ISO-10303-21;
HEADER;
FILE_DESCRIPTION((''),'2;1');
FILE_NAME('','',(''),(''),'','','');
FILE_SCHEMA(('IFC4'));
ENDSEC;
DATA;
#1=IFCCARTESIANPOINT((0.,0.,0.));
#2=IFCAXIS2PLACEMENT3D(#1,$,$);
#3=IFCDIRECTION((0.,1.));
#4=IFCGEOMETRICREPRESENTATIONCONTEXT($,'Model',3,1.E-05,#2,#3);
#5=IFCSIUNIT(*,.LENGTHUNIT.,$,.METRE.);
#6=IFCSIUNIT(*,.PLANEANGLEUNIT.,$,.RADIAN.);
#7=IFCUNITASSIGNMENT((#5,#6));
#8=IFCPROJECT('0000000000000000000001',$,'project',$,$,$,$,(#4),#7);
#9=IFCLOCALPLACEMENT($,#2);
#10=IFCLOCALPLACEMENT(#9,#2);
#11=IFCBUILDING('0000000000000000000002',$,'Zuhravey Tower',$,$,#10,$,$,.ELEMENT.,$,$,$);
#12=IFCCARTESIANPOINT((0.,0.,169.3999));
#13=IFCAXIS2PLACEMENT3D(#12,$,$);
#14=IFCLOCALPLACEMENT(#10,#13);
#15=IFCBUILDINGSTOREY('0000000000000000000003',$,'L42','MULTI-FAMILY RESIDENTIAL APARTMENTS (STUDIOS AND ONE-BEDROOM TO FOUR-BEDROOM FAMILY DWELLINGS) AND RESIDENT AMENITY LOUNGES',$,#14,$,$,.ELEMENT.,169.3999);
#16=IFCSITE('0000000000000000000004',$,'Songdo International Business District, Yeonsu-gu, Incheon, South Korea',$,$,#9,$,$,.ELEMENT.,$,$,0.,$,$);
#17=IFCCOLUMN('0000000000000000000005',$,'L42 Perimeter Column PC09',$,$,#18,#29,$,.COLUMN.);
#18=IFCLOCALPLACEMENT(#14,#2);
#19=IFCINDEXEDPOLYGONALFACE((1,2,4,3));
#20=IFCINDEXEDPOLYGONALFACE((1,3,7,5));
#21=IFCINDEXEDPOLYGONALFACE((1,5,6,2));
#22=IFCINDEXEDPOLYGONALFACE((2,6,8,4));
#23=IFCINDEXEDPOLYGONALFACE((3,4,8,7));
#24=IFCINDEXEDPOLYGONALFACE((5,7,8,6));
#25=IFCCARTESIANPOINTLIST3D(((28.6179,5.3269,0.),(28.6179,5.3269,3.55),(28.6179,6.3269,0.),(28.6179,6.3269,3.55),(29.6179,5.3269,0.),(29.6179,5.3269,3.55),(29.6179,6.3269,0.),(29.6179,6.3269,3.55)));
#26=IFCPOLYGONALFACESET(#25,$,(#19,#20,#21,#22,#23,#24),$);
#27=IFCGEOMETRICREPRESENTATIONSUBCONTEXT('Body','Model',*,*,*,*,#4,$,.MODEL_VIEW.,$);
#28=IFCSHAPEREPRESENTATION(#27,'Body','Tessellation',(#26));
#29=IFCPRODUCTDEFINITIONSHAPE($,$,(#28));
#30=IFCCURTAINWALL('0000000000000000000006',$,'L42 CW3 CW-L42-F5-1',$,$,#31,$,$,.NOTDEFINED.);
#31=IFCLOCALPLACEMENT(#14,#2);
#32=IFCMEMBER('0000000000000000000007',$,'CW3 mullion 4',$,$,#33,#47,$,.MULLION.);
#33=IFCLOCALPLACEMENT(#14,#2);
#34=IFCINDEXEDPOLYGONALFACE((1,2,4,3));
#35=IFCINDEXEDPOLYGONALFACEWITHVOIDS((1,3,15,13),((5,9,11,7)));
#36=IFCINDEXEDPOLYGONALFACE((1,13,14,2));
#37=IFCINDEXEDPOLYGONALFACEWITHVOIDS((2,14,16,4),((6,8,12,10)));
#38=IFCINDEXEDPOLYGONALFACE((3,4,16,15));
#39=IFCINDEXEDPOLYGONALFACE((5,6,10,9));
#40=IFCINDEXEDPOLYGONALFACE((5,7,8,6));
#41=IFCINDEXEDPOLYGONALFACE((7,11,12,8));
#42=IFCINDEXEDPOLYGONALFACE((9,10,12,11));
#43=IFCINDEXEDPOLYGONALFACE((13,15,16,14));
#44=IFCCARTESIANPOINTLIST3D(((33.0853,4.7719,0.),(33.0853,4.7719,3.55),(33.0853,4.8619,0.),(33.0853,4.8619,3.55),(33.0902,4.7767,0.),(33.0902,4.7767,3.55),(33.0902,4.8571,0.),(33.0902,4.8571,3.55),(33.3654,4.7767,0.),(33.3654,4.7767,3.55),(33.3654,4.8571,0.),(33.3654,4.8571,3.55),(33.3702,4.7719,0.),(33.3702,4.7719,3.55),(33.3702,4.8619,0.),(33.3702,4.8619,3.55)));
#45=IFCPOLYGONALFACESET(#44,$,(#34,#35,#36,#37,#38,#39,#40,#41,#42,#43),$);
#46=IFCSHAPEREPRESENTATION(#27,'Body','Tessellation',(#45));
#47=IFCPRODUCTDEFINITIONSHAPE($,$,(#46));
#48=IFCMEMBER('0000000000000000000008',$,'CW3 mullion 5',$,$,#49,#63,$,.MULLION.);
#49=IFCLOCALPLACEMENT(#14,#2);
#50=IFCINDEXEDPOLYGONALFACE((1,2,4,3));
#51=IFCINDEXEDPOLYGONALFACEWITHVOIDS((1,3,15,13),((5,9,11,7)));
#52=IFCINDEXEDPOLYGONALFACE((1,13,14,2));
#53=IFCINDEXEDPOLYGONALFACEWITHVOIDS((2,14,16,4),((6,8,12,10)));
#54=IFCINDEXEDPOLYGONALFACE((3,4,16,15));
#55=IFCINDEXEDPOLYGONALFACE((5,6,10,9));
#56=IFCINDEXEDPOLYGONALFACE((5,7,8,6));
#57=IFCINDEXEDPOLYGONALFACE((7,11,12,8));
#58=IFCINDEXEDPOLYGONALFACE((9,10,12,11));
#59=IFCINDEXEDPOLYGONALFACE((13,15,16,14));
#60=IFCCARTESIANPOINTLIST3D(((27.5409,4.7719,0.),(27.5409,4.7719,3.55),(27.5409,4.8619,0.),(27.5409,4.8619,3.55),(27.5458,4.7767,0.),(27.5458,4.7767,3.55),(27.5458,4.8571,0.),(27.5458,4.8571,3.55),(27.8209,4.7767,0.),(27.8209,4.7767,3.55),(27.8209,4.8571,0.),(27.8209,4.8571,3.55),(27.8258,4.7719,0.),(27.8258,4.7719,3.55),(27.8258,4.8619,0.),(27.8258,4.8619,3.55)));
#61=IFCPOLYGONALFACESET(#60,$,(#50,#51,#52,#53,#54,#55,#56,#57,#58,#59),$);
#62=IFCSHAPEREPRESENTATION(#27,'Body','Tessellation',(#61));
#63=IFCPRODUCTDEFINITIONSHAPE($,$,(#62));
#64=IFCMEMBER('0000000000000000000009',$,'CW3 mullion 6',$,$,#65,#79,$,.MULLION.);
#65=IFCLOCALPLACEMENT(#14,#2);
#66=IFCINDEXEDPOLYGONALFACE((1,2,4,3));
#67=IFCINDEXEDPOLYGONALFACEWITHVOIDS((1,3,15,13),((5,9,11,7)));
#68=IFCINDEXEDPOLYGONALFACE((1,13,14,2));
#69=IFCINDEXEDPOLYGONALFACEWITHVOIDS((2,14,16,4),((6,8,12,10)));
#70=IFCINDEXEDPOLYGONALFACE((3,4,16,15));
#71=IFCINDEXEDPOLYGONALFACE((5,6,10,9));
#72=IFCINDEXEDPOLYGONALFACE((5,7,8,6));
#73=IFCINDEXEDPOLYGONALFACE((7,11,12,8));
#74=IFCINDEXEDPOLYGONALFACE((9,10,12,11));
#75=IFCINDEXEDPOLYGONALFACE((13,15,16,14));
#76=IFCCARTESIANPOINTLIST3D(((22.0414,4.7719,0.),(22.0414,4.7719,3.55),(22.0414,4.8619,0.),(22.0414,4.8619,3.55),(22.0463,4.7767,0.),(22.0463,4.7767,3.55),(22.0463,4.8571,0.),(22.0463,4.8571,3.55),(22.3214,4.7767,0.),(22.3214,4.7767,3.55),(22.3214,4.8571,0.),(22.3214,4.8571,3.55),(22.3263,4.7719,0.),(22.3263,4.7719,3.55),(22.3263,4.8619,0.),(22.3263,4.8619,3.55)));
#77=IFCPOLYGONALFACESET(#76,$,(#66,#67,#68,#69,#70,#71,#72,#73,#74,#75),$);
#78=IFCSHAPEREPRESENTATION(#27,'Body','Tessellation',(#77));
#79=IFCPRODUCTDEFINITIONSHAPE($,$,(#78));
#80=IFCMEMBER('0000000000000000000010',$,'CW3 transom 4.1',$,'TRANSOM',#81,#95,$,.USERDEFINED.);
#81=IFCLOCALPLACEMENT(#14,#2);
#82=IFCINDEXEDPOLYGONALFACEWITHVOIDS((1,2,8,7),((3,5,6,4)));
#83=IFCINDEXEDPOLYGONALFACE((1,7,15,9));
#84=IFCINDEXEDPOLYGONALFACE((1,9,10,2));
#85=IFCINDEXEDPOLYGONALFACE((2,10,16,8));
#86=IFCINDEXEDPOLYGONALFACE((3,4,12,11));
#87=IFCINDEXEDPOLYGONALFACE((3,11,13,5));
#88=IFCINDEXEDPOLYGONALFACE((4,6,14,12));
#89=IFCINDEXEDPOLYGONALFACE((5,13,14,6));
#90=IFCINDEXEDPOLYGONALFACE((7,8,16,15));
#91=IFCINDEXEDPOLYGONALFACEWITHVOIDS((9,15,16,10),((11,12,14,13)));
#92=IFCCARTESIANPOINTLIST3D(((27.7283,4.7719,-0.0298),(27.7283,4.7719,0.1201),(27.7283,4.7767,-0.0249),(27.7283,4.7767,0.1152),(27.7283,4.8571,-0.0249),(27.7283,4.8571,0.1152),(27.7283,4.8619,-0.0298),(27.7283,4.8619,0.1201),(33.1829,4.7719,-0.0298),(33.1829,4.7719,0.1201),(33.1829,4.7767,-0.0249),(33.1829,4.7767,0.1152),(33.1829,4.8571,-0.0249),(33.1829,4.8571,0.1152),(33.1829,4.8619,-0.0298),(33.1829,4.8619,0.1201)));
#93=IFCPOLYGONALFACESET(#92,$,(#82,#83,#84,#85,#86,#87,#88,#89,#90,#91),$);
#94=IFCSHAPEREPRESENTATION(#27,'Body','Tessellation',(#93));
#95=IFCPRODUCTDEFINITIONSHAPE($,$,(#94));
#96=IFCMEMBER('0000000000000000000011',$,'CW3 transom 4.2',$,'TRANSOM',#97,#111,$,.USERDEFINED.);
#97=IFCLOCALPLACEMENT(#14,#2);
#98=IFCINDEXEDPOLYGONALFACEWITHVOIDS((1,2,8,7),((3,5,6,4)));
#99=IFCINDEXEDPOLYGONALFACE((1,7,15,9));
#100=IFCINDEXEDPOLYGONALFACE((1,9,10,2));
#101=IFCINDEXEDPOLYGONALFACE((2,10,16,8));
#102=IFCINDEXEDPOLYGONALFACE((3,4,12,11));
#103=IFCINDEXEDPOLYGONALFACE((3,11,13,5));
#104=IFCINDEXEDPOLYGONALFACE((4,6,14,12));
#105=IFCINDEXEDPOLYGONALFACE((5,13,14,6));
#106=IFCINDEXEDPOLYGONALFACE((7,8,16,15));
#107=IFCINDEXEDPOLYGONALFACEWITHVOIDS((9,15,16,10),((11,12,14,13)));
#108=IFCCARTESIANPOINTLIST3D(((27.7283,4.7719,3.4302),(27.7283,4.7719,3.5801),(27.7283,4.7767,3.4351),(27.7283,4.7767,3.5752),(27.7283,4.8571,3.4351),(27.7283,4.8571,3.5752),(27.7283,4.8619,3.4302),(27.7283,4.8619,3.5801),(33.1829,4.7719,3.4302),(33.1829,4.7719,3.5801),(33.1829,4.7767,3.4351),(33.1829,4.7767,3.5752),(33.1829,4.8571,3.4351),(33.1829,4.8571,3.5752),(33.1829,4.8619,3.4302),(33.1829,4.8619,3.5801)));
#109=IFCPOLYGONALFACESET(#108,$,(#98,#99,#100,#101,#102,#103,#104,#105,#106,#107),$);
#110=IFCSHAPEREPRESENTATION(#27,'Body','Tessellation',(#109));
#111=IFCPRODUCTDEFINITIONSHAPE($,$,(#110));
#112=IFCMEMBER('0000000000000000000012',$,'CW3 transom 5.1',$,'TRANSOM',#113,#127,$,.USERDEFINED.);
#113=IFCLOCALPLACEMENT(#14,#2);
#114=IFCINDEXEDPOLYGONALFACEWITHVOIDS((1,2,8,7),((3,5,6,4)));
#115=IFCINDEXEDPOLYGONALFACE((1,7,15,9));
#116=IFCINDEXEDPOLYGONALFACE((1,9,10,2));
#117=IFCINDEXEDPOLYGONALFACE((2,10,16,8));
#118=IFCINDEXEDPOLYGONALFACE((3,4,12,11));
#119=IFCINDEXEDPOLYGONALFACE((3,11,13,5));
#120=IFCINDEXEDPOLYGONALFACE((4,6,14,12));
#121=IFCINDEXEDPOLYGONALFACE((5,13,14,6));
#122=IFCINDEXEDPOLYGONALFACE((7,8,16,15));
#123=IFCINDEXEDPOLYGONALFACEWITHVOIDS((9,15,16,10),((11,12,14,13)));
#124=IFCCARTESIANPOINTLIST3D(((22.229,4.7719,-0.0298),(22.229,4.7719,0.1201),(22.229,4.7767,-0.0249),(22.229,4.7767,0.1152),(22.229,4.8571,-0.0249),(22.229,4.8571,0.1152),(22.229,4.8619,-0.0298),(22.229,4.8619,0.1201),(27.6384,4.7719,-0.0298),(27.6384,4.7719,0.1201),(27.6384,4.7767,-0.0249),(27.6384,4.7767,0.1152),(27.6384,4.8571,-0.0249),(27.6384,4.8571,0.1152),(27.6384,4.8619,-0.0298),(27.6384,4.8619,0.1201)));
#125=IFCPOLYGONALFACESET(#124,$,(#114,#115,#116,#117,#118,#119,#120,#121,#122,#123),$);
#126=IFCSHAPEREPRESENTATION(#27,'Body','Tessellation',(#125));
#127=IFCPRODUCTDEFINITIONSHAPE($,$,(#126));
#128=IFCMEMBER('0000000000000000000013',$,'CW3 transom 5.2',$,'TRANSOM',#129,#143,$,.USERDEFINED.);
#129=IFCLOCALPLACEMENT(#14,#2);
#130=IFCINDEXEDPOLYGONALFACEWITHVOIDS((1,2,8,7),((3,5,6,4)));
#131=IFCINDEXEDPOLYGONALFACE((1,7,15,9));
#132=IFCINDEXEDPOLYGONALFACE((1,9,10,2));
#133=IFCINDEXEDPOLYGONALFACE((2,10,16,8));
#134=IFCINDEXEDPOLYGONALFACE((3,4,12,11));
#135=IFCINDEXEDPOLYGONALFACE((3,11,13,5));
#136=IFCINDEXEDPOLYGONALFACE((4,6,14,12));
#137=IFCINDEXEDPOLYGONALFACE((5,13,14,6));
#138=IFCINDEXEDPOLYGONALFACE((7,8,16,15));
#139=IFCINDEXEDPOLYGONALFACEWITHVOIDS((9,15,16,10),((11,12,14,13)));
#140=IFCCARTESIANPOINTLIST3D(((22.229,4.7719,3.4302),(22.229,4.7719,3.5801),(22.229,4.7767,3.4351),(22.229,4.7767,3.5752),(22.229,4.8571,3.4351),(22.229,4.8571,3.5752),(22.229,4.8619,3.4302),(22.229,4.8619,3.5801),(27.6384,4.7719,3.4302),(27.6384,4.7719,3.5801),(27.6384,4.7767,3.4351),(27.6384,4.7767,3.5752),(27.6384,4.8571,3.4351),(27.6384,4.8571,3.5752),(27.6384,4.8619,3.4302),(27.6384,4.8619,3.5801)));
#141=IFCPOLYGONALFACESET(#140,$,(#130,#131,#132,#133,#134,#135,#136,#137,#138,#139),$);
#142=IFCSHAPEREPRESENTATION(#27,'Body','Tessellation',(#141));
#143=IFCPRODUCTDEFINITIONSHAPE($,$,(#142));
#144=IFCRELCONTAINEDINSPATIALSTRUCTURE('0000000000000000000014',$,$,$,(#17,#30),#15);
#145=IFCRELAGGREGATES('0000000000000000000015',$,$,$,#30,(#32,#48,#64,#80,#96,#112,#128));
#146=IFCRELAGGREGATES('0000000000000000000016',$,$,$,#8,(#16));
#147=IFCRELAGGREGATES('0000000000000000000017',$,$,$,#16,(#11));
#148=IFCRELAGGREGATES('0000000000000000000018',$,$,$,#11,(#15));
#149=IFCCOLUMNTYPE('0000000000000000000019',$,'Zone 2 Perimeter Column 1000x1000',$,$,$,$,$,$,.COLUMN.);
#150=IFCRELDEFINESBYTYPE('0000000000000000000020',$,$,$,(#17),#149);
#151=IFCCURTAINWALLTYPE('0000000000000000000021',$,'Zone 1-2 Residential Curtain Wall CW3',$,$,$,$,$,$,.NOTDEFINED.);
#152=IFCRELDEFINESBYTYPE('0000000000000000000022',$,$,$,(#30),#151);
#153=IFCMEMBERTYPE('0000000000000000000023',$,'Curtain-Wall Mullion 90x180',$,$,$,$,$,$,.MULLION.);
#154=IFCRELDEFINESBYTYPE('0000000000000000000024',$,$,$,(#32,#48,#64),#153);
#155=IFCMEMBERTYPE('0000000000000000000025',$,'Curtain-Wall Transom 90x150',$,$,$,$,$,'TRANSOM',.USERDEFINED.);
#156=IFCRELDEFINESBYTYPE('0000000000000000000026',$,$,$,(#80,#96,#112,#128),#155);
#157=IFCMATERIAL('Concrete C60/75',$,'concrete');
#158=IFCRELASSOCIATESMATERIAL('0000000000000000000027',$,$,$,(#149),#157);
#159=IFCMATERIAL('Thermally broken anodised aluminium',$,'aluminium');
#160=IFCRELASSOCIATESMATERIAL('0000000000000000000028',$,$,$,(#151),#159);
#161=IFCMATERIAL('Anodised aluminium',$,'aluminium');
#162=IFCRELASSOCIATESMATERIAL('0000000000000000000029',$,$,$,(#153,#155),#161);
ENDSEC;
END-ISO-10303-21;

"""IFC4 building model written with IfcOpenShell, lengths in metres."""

from ifc_helpers import new_model, si_unit, direction, frame, origin, origin_2d, place, context, subcontext, project, spatial, rectangle, hollow_rectangle, extrude, material, material_profile, profile_set, type_object, element, aggregate, save


model = new_model("IFC4")

# Units and contexts
model_context = context("Model", 3, precision=1e-05, world=origin(), true_north=direction((0.0, 1.0)))
body_context = subcontext(model_context, "Body", "Model", "MODEL_VIEW")
ifc_project = project(units=[si_unit("LENGTHUNIT", "METRE"), si_unit("PLANEANGLEUNIT", "RADIAN")], contexts=[model_context])

# Site, building, storey
site_placement = place(None, origin())
site = spatial("IfcSite", under=ifc_project, at=site_placement, Name="Songdo International Business District, Yeonsu-gu, Incheon, South Korea", CompositionType="ELEMENT", RefElevation=0.0)
building_placement = place(site_placement, origin())
building = spatial("IfcBuilding", under=site, at=building_placement, Name="Zuhravey Tower", CompositionType="ELEMENT")
storey_placement = place(building_placement, frame((0.0, 0.0, 169.3999)))
storey = spatial("IfcBuildingStorey", under=building, at=storey_placement, Name="L42", Description="MULTI-FAMILY RESIDENTIAL APARTMENTS (STUDIOS AND ONE-BEDROOM TO FOUR-BEDROOM FAMILY DWELLINGS) AND RESIDENT AMENITY LOUNGES", CompositionType="ELEMENT", Elevation=169.3999)

# Column
ifc_material_1 = material(Name="Concrete C60/75", Category="concrete")
ifc_material_profile_1 = material_profile(ifc_material_1, rectangle(XDim=1.0, YDim=1.0, at=origin_2d()), Name="RC-1000x1000")
ifc_profile_set_1 = profile_set([ifc_material_profile_1], Name="Concrete C60/75")
column_type = type_object("IfcColumnType", Name="Zone 2 Perimeter Column 1000x1000", PredefinedType="COLUMN", material=ifc_profile_set_1)
column_placement = place(storey_placement, frame((29.1179, 5.8269, 0.0), z_axis=(0.0, 0.0, 1.0), x_axis=(1.0, 0.0, 0.0)))
element("IfcColumn", 1, at=column_placement, inside=storey, type_object=column_type, Name="L42 Perimeter Column PC09", PredefinedType="COLUMN", context=body_context, shape_type="SweptSolid", body=[
    extrude(rectangle(XDim=1.0, YDim=1.0, at=origin_2d()), origin(), (0.0, 0.0, 1.0), 3.55),
])

# Curtain wall, members
ifc_material_2 = material(Name="Thermally broken anodised aluminium", Category="aluminium")
curtain_wall_type = type_object("IfcCurtainWallType", Name="Zone 1-2 Residential Curtain Wall CW3", PredefinedType="NOTDEFINED", material=ifc_material_2)
curtain_wall_placement = place(storey_placement, origin())
curtain_wall = element("IfcCurtainWall", 2, at=curtain_wall_placement, inside=storey, type_object=curtain_wall_type, Name="L42 CW3 CW-L42-F5-1", PredefinedType="NOTDEFINED")
ifc_material_3 = material(Name="Anodised aluminium", Category="aluminium")
ifc_material_profile_2 = material_profile(ifc_material_3, hollow_rectangle(XDim=0.0901, YDim=0.2849, WallThickness=0.0049, at=origin_2d()), Name="ALU-RHS-90x285x5")
ifc_profile_set_2 = profile_set([ifc_material_profile_2], Name="Anodised aluminium")
member_type_1 = type_object("IfcMemberType", Name="Curtain-Wall Mullion 90x180", PredefinedType="MULLION", material=ifc_profile_set_2)
member_1_placement = place(storey_placement, frame((33.2278, 4.8169, 0.0), z_axis=(0.0, 0.0, 1.0), x_axis=(0.0, -1.0, 0.0)))
member_1 = element("IfcMember", 3, at=member_1_placement, type_object=member_type_1, Name="CW3 mullion 4", PredefinedType="MULLION", context=body_context, shape_type="SweptSolid", body=[
    extrude(hollow_rectangle(XDim=0.0901, YDim=0.2849, WallThickness=0.0049, at=origin_2d()), origin(), (0.0, 0.0, 1.0), 3.55),
])
member_2_placement = place(storey_placement, frame((27.6833, 4.8169, 0.0), z_axis=(0.0, 0.0, 1.0), x_axis=(0.0, -1.0, 0.0)))
member_2 = element("IfcMember", 4, at=member_2_placement, type_object=member_type_1, Name="CW3 mullion 5", PredefinedType="MULLION", context=body_context, shape_type="SweptSolid", body=[
    extrude(hollow_rectangle(XDim=0.0901, YDim=0.2849, WallThickness=0.0049, at=origin_2d()), origin(), (0.0, 0.0, 1.0), 3.55),
])
member_3_placement = place(storey_placement, frame((22.1838, 4.8169, 0.0), z_axis=(0.0, 0.0, 1.0), x_axis=(0.0, -1.0, 0.0)))
member_3 = element("IfcMember", 5, at=member_3_placement, type_object=member_type_1, Name="CW3 mullion 6", PredefinedType="MULLION", context=body_context, shape_type="SweptSolid", body=[
    extrude(hollow_rectangle(XDim=0.0901, YDim=0.2849, WallThickness=0.0049, at=origin_2d()), origin(), (0.0, 0.0, 1.0), 3.55),
])
ifc_material_profile_3 = material_profile(ifc_material_3, hollow_rectangle(XDim=0.0901, YDim=0.1499, WallThickness=0.0049, at=origin_2d()), Name="ALU-RHS-90x150x5")
ifc_profile_set_3 = profile_set([ifc_material_profile_3], Name="Anodised aluminium")
member_type_2 = type_object("IfcMemberType", Name="Curtain-Wall Transom 90x150", ElementType="TRANSOM", PredefinedType="USERDEFINED", material=ifc_profile_set_3)
member_4_placement = place(storey_placement, frame((33.1829, 4.8169, 0.0452), z_axis=(-1.0, 0.0, 0.0), x_axis=(0.0, -1.0, 0.0)))
member_4 = element("IfcMember", 6, at=member_4_placement, type_object=member_type_2, Name="CW3 transom 4.1", ObjectType="TRANSOM", PredefinedType="USERDEFINED", context=body_context, shape_type="SweptSolid", body=[
    extrude(hollow_rectangle(XDim=0.0901, YDim=0.1499, WallThickness=0.0049, at=origin_2d()), origin(), (0.0, 0.0, 1.0), 5.4546),
])
member_5_placement = place(storey_placement, frame((33.1829, 4.8169, 3.5051), z_axis=(-1.0, 0.0, 0.0), x_axis=(0.0, -1.0, 0.0)))
member_5 = element("IfcMember", 7, at=member_5_placement, type_object=member_type_2, Name="CW3 transom 4.2", ObjectType="TRANSOM", PredefinedType="USERDEFINED", context=body_context, shape_type="SweptSolid", body=[
    extrude(hollow_rectangle(XDim=0.0901, YDim=0.1499, WallThickness=0.0049, at=origin_2d()), origin(), (0.0, 0.0, 1.0), 5.4546),
])
member_6_placement = place(storey_placement, frame((27.6384, 4.8169, 0.0452), z_axis=(-1.0, 0.0, 0.0), x_axis=(0.0, -1.0, 0.0)))
member_6 = element("IfcMember", 8, at=member_6_placement, type_object=member_type_2, Name="CW3 transom 5.1", ObjectType="TRANSOM", PredefinedType="USERDEFINED", context=body_context, shape_type="SweptSolid", body=[
    extrude(hollow_rectangle(XDim=0.0901, YDim=0.1499, WallThickness=0.0049, at=origin_2d()), origin(), (0.0, 0.0, 1.0), 5.4094),
])
member_7_placement = place(storey_placement, frame((27.6384, 4.8169, 3.5051), z_axis=(-1.0, 0.0, 0.0), x_axis=(0.0, -1.0, 0.0)))
member_7 = element("IfcMember", 9, at=member_7_placement, type_object=member_type_2, Name="CW3 transom 5.2", ObjectType="TRANSOM", PredefinedType="USERDEFINED", context=body_context, shape_type="SweptSolid", body=[
    extrude(hollow_rectangle(XDim=0.0901, YDim=0.1499, WallThickness=0.0049, at=origin_2d()), origin(), (0.0, 0.0, 1.0), 5.4094),
])

aggregate(curtain_wall, [member_1, member_2, member_3, member_4, member_5, member_6, member_7])

save(model, "model.ifc")
